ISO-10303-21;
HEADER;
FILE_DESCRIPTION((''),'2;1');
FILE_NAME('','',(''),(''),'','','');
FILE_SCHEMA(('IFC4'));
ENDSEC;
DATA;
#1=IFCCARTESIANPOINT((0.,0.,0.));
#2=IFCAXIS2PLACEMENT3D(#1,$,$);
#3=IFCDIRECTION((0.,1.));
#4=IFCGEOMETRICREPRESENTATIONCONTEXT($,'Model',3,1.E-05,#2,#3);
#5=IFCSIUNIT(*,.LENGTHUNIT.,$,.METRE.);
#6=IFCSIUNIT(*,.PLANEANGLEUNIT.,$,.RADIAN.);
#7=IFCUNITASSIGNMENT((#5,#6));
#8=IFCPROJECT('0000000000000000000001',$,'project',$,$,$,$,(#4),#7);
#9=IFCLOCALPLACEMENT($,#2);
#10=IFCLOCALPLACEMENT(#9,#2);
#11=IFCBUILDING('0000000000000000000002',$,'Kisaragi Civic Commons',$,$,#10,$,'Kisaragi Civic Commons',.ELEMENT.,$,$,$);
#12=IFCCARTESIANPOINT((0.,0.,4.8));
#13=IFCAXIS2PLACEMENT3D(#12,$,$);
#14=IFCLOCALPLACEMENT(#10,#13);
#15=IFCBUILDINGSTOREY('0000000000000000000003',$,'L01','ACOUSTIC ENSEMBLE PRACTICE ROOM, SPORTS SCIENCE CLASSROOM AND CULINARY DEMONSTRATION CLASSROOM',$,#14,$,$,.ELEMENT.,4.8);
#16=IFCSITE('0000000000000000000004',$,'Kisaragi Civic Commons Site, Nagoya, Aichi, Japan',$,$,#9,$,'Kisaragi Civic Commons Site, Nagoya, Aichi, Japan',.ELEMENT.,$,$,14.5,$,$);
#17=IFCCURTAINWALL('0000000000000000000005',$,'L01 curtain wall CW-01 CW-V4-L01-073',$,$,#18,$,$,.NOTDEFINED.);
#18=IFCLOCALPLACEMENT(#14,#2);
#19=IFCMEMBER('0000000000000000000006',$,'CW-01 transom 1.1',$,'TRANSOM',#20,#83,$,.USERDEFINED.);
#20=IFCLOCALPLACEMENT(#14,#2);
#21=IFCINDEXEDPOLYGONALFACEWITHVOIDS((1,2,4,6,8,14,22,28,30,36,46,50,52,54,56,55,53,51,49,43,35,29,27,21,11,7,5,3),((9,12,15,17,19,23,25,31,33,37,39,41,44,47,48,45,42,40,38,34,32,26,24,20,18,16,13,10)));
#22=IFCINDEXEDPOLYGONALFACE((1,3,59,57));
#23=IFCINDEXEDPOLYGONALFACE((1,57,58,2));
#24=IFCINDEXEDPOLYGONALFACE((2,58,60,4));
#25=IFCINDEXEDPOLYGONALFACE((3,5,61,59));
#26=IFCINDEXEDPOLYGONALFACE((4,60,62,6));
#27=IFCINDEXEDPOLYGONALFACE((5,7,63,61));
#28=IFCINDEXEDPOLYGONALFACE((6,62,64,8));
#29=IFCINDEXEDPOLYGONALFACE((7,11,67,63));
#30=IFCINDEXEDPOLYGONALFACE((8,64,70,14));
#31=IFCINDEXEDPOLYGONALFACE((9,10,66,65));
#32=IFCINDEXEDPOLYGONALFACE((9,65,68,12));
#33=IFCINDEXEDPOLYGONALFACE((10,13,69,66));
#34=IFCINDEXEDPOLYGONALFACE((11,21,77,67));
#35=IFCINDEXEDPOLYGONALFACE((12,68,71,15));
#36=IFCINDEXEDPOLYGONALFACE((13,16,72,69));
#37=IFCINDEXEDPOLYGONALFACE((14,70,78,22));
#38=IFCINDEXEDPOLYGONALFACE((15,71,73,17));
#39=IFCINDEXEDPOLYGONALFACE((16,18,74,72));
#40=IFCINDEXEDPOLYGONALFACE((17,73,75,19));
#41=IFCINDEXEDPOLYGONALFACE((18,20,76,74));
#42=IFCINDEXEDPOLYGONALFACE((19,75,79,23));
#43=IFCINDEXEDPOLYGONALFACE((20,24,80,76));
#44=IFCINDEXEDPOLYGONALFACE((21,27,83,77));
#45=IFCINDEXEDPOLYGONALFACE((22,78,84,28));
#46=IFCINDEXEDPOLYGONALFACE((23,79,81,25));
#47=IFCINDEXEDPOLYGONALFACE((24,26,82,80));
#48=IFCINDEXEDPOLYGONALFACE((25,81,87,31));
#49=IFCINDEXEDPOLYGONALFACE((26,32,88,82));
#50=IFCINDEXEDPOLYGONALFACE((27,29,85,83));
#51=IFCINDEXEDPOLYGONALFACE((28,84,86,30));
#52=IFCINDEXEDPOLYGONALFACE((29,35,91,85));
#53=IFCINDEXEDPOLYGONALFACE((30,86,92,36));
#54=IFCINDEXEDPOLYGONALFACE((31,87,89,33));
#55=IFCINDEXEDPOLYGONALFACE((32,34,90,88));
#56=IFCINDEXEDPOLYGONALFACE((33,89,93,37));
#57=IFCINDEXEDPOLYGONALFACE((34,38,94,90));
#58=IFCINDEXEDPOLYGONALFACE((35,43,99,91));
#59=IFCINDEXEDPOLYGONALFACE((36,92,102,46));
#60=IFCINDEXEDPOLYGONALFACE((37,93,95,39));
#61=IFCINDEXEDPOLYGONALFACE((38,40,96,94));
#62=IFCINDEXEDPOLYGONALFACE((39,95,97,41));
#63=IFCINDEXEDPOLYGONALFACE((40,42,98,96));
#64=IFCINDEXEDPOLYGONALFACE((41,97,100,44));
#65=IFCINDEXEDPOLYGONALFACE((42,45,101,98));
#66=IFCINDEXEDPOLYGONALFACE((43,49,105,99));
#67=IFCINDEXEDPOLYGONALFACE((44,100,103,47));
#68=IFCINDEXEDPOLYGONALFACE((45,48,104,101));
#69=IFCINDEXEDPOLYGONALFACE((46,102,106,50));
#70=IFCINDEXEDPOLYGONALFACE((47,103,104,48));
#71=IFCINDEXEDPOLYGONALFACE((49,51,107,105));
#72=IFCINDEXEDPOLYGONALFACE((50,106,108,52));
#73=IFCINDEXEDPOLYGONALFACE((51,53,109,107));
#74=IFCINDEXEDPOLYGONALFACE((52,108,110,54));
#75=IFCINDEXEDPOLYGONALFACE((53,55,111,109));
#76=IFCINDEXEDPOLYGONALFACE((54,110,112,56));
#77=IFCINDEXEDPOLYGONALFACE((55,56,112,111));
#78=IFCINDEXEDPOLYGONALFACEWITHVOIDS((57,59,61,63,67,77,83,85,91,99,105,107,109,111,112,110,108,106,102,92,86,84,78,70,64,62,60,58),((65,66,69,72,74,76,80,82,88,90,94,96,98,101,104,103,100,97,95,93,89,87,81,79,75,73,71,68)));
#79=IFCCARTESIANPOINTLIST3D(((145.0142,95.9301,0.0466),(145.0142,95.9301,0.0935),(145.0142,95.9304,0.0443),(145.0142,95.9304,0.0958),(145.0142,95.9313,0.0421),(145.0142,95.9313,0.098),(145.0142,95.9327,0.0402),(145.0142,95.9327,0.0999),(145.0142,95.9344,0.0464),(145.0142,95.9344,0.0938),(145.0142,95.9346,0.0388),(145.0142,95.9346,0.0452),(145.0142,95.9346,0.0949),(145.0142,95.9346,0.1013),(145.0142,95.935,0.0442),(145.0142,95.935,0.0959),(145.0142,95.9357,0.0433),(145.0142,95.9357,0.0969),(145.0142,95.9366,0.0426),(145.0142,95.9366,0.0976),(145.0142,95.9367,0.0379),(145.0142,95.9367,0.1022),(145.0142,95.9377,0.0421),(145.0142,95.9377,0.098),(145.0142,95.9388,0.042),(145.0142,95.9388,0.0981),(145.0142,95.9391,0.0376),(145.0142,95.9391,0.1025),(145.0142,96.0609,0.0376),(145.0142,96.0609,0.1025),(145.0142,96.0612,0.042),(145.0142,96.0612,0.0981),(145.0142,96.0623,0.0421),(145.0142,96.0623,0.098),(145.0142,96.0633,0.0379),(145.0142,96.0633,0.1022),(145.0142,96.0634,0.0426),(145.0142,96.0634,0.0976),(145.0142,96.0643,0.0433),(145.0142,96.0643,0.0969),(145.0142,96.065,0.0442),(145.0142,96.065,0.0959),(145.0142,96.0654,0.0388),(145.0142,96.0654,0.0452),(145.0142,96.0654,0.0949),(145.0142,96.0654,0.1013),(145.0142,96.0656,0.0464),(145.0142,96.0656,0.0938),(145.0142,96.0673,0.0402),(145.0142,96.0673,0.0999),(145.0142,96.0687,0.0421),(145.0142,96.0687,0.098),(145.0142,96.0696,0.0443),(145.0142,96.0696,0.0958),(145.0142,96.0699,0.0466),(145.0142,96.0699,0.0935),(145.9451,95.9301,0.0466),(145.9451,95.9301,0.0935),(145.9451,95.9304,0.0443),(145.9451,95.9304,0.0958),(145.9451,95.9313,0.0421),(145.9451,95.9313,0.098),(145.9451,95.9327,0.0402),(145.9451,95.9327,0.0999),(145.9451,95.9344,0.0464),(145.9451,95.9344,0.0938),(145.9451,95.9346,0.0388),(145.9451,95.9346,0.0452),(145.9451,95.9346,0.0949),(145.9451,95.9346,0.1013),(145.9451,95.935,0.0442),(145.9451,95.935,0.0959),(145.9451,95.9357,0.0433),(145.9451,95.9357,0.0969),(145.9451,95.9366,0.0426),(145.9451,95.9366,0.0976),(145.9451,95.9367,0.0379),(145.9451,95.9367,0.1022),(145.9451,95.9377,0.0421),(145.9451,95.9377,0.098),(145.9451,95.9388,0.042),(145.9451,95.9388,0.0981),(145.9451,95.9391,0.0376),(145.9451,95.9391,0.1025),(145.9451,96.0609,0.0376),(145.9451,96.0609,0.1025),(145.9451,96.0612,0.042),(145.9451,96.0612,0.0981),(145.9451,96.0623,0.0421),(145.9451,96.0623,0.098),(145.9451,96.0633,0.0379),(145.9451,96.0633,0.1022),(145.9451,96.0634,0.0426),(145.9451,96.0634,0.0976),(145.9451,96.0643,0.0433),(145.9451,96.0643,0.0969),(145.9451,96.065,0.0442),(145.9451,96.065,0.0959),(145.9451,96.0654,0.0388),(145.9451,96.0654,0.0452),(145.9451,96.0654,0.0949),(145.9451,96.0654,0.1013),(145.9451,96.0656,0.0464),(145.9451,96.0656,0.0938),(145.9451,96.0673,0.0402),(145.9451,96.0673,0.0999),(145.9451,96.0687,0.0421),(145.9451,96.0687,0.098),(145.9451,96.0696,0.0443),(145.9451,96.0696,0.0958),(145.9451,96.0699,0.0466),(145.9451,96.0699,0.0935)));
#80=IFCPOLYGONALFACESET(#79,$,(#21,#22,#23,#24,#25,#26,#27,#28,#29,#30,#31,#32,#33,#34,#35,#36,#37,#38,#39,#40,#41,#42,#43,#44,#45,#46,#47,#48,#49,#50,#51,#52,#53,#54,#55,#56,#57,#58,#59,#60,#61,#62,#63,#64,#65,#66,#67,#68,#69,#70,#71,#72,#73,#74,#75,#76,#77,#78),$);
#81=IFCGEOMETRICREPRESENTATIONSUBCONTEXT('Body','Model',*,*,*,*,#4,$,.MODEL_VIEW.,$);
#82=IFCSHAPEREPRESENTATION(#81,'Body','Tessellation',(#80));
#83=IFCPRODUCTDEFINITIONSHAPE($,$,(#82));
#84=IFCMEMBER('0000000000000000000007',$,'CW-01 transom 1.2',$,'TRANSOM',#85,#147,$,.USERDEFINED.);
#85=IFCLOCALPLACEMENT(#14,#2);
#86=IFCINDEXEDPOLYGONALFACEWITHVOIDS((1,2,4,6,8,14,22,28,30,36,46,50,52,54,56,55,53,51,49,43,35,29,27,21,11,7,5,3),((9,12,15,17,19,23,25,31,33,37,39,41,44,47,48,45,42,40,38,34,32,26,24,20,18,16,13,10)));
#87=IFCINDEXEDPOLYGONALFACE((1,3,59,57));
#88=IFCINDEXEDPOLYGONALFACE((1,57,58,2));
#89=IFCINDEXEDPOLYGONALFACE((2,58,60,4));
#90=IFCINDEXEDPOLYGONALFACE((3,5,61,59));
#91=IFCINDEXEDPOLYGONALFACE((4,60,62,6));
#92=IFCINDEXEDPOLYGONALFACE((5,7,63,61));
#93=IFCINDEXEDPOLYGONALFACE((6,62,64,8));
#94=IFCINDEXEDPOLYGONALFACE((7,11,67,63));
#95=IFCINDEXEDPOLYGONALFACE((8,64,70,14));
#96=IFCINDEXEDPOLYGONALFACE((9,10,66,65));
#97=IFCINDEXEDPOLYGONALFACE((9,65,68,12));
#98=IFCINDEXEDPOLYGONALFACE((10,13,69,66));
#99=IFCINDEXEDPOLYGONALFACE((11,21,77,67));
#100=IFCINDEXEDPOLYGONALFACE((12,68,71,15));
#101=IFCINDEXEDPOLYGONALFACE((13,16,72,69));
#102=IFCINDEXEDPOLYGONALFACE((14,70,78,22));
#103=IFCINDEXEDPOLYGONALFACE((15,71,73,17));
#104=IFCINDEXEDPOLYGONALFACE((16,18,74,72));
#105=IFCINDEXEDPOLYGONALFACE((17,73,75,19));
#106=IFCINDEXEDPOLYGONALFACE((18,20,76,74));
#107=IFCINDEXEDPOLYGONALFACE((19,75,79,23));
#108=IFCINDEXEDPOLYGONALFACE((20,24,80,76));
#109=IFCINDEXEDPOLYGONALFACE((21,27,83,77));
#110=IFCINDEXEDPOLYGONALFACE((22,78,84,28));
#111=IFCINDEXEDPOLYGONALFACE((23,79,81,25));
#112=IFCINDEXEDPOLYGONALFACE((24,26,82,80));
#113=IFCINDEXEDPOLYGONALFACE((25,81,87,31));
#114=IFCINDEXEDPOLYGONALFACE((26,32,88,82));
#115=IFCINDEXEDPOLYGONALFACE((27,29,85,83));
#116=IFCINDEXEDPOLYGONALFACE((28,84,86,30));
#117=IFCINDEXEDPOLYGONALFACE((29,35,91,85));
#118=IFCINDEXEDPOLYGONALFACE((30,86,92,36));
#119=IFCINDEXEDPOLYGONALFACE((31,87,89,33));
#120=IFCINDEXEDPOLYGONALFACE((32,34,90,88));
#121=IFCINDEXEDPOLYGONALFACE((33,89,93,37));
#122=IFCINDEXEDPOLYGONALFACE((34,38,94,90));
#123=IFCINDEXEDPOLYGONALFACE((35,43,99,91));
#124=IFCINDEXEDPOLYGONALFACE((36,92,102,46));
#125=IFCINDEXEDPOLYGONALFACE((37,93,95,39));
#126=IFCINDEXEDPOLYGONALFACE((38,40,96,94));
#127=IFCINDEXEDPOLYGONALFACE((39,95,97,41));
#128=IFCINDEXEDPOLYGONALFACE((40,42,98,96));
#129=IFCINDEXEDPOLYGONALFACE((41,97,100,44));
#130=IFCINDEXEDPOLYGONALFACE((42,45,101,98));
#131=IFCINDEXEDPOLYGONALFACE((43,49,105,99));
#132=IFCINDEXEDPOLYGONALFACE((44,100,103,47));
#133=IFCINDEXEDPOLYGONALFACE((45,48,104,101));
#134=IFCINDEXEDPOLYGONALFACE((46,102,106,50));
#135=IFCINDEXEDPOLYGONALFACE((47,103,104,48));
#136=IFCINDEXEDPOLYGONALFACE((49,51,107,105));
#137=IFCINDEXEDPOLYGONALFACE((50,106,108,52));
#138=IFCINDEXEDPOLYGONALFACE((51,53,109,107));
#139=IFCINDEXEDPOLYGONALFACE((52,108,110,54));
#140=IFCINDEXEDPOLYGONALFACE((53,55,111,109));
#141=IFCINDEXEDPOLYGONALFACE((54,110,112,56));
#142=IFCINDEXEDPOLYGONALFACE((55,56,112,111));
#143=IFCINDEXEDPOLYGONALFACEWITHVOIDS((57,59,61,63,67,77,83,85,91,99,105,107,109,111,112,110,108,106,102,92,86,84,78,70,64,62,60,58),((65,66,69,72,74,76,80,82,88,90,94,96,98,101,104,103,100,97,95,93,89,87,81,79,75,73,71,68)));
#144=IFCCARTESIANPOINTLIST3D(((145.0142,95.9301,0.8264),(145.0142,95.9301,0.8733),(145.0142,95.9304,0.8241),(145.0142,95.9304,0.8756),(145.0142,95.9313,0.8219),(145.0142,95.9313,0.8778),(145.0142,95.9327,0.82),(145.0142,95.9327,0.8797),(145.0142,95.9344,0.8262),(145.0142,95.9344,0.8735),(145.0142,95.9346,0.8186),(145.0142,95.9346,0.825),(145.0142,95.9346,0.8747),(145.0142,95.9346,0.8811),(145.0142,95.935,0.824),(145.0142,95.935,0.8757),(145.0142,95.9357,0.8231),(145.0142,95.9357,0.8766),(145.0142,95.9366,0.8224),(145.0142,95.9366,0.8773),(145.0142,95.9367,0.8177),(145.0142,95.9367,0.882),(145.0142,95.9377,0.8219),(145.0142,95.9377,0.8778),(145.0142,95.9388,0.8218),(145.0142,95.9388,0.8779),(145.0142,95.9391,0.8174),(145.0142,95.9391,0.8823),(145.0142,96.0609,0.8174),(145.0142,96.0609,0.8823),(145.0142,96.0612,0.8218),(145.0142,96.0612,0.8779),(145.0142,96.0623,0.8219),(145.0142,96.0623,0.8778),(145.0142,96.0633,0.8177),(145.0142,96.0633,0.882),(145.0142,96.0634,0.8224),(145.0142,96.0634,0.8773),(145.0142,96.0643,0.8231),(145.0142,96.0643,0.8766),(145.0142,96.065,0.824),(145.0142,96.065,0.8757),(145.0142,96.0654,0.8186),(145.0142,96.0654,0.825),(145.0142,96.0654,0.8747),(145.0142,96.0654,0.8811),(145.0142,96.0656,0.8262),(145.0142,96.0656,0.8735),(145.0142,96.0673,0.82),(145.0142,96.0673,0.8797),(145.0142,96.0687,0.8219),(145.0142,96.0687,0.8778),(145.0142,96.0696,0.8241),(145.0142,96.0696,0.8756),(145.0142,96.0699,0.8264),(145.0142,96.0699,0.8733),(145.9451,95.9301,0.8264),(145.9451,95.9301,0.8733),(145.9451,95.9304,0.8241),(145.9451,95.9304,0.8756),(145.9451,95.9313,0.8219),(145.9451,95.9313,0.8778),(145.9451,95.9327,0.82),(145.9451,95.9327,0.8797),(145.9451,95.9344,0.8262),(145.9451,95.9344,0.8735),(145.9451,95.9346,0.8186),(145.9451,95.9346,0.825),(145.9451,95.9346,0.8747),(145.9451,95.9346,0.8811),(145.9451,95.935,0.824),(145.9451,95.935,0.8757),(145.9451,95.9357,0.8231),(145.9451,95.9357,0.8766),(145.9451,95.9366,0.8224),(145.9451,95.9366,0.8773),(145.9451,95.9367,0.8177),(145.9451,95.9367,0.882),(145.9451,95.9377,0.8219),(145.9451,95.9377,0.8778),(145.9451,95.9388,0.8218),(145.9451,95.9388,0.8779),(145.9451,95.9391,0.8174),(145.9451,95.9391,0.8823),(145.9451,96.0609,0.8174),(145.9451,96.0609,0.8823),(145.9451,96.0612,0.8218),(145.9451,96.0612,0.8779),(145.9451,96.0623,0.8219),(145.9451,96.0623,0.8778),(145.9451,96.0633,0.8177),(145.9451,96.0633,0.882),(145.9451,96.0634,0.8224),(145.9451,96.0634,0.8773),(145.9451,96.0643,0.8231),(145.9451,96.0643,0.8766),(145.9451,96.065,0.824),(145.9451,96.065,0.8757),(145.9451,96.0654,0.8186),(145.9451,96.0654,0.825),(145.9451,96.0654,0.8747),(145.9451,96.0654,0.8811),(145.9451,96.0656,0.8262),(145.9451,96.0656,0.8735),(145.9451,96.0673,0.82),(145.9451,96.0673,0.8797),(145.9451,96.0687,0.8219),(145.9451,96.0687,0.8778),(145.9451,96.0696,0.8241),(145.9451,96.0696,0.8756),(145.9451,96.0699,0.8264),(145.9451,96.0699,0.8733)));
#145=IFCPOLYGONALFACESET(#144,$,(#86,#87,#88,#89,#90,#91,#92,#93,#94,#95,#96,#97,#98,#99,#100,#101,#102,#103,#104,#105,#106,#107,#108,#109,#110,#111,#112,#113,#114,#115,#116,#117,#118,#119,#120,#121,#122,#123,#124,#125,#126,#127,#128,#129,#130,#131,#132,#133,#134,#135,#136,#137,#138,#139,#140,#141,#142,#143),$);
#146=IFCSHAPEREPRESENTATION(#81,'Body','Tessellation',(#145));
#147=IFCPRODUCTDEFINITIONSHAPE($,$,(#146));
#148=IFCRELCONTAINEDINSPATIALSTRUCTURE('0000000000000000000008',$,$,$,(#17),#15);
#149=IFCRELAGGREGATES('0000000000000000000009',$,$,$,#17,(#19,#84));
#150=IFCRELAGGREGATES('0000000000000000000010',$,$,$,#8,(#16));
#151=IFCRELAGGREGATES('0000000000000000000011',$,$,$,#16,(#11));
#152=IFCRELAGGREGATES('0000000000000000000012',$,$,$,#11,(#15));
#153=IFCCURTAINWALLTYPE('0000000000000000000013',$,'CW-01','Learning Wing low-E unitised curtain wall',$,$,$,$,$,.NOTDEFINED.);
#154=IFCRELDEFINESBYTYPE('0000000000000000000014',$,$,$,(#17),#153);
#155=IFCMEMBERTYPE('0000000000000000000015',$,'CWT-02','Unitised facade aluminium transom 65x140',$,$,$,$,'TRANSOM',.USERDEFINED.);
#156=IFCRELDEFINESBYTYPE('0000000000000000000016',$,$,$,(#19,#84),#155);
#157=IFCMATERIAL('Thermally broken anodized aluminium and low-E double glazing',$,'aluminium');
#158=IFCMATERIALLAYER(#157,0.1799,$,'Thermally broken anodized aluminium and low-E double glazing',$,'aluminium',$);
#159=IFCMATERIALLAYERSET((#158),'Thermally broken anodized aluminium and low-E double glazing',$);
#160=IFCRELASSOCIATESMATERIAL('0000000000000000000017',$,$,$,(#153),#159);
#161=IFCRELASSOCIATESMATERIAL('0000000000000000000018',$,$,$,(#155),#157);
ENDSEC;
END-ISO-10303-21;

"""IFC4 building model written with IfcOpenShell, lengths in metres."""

from ifc_helpers import new_model, si_unit, direction, frame, origin, origin_2d, place, context, subcontext, project, spatial, hollow_rectangle, extrude, material, layer, layer_set, material_profile, profile_set, type_object, element, aggregate, save


model = new_model("IFC4")

# Units and contexts
model_context = context("Model", 3, precision=1e-05, world=origin(), true_north=direction((0.0, 1.0)))
body_context = subcontext(model_context, "Body", "Model", "MODEL_VIEW")
ifc_project = project(units=[si_unit("LENGTHUNIT", "METRE"), si_unit("PLANEANGLEUNIT", "RADIAN")], contexts=[model_context])

# Site, building, storey
site_placement = place(None, origin())
site = spatial("IfcSite", under=ifc_project, at=site_placement, Name="Kisaragi Civic Commons Site, Nagoya, Aichi, Japan", LongName="Kisaragi Civic Commons Site, Nagoya, Aichi, Japan", CompositionType="ELEMENT", RefElevation=14.5)
building_placement = place(site_placement, origin())
building = spatial("IfcBuilding", under=site, at=building_placement, Name="Kisaragi Civic Commons", LongName="Kisaragi Civic Commons", CompositionType="ELEMENT")
storey_placement = place(building_placement, frame((0.0, 0.0, 4.8)))
storey = spatial("IfcBuildingStorey", under=building, at=storey_placement, Name="L01", Description="ACOUSTIC ENSEMBLE PRACTICE ROOM, SPORTS SCIENCE CLASSROOM AND CULINARY DEMONSTRATION CLASSROOM", CompositionType="ELEMENT", Elevation=4.8)

# Shared definitions
ifc_material_1 = material(Name="Thermally broken anodized aluminium and low-E double glazing", Category="aluminium")
ifc_layer_1 = layer(ifc_material_1, 0.1799, Name="Thermally broken anodized aluminium and low-E double glazing", Category="aluminium")
ifc_layer_set_1 = layer_set([ifc_layer_1], Name="Thermally broken anodized aluminium and low-E double glazing")
curtain_wall_type = type_object("IfcCurtainWallType", Name="CW-01", Description="Learning Wing low-E unitised curtain wall", PredefinedType="NOTDEFINED", material=ifc_layer_set_1)

# Curtain wall, members
curtain_wall_1_placement = place(storey_placement, origin())
curtain_wall_1 = element("IfcCurtainWall", 1, at=curtain_wall_1_placement, inside=storey, type_object=curtain_wall_type, Name="L01 curtain wall CW-01 CW-V4-L01-073", PredefinedType="NOTDEFINED")
ifc_material_profile_1 = material_profile(ifc_material_1, hollow_rectangle(XDim=0.1399, YDim=0.0649, WallThickness=0.0044, InnerFilletRadius=0.0044, OuterFilletRadius=0.009, at=origin_2d()), Name="CWT-65x140x4.5", Category="aluminium")
ifc_profile_set_1 = profile_set([ifc_material_profile_1], Name="Thermally broken anodized aluminium and low-E double glazing")
member_type_1 = type_object("IfcMemberType", Name="CWT-02", Description="Unitised facade aluminium transom 65x140", ElementType="TRANSOM", PredefinedType="USERDEFINED", material=ifc_profile_set_1)
member_1_placement = place(storey_placement, frame((145.9451, 96.0, 0.0701), z_axis=(-1.0, 0.0, 0.0), x_axis=(0.0, -1.0, 0.0)))
member_1 = element("IfcMember", 2, at=member_1_placement, type_object=member_type_1, Name="CW-01 transom 1.1", ObjectType="TRANSOM", PredefinedType="USERDEFINED", context=body_context, shape_type="SweptSolid", body=[
    extrude(hollow_rectangle(XDim=0.1399, YDim=0.0649, WallThickness=0.0044, InnerFilletRadius=0.0044, OuterFilletRadius=0.009, at=origin_2d()), origin(), (0.0, 0.0, 1.0), 0.9309),
])
member_2_placement = place(storey_placement, frame((145.9451, 96.0, 0.8499), z_axis=(-1.0, 0.0, 0.0), x_axis=(0.0, -1.0, 0.0)))
member_2 = element("IfcMember", 3, at=member_2_placement, type_object=member_type_1, Name="CW-01 transom 1.2", ObjectType="TRANSOM", PredefinedType="USERDEFINED", context=body_context, shape_type="SweptSolid", body=[
    extrude(hollow_rectangle(XDim=0.1399, YDim=0.0649, WallThickness=0.0044, InnerFilletRadius=0.0044, OuterFilletRadius=0.009, at=origin_2d()), origin(), (0.0, 0.0, 1.0), 0.9309),
])

aggregate(curtain_wall_1, [member_1, member_2])

save(model, "model.ifc")
